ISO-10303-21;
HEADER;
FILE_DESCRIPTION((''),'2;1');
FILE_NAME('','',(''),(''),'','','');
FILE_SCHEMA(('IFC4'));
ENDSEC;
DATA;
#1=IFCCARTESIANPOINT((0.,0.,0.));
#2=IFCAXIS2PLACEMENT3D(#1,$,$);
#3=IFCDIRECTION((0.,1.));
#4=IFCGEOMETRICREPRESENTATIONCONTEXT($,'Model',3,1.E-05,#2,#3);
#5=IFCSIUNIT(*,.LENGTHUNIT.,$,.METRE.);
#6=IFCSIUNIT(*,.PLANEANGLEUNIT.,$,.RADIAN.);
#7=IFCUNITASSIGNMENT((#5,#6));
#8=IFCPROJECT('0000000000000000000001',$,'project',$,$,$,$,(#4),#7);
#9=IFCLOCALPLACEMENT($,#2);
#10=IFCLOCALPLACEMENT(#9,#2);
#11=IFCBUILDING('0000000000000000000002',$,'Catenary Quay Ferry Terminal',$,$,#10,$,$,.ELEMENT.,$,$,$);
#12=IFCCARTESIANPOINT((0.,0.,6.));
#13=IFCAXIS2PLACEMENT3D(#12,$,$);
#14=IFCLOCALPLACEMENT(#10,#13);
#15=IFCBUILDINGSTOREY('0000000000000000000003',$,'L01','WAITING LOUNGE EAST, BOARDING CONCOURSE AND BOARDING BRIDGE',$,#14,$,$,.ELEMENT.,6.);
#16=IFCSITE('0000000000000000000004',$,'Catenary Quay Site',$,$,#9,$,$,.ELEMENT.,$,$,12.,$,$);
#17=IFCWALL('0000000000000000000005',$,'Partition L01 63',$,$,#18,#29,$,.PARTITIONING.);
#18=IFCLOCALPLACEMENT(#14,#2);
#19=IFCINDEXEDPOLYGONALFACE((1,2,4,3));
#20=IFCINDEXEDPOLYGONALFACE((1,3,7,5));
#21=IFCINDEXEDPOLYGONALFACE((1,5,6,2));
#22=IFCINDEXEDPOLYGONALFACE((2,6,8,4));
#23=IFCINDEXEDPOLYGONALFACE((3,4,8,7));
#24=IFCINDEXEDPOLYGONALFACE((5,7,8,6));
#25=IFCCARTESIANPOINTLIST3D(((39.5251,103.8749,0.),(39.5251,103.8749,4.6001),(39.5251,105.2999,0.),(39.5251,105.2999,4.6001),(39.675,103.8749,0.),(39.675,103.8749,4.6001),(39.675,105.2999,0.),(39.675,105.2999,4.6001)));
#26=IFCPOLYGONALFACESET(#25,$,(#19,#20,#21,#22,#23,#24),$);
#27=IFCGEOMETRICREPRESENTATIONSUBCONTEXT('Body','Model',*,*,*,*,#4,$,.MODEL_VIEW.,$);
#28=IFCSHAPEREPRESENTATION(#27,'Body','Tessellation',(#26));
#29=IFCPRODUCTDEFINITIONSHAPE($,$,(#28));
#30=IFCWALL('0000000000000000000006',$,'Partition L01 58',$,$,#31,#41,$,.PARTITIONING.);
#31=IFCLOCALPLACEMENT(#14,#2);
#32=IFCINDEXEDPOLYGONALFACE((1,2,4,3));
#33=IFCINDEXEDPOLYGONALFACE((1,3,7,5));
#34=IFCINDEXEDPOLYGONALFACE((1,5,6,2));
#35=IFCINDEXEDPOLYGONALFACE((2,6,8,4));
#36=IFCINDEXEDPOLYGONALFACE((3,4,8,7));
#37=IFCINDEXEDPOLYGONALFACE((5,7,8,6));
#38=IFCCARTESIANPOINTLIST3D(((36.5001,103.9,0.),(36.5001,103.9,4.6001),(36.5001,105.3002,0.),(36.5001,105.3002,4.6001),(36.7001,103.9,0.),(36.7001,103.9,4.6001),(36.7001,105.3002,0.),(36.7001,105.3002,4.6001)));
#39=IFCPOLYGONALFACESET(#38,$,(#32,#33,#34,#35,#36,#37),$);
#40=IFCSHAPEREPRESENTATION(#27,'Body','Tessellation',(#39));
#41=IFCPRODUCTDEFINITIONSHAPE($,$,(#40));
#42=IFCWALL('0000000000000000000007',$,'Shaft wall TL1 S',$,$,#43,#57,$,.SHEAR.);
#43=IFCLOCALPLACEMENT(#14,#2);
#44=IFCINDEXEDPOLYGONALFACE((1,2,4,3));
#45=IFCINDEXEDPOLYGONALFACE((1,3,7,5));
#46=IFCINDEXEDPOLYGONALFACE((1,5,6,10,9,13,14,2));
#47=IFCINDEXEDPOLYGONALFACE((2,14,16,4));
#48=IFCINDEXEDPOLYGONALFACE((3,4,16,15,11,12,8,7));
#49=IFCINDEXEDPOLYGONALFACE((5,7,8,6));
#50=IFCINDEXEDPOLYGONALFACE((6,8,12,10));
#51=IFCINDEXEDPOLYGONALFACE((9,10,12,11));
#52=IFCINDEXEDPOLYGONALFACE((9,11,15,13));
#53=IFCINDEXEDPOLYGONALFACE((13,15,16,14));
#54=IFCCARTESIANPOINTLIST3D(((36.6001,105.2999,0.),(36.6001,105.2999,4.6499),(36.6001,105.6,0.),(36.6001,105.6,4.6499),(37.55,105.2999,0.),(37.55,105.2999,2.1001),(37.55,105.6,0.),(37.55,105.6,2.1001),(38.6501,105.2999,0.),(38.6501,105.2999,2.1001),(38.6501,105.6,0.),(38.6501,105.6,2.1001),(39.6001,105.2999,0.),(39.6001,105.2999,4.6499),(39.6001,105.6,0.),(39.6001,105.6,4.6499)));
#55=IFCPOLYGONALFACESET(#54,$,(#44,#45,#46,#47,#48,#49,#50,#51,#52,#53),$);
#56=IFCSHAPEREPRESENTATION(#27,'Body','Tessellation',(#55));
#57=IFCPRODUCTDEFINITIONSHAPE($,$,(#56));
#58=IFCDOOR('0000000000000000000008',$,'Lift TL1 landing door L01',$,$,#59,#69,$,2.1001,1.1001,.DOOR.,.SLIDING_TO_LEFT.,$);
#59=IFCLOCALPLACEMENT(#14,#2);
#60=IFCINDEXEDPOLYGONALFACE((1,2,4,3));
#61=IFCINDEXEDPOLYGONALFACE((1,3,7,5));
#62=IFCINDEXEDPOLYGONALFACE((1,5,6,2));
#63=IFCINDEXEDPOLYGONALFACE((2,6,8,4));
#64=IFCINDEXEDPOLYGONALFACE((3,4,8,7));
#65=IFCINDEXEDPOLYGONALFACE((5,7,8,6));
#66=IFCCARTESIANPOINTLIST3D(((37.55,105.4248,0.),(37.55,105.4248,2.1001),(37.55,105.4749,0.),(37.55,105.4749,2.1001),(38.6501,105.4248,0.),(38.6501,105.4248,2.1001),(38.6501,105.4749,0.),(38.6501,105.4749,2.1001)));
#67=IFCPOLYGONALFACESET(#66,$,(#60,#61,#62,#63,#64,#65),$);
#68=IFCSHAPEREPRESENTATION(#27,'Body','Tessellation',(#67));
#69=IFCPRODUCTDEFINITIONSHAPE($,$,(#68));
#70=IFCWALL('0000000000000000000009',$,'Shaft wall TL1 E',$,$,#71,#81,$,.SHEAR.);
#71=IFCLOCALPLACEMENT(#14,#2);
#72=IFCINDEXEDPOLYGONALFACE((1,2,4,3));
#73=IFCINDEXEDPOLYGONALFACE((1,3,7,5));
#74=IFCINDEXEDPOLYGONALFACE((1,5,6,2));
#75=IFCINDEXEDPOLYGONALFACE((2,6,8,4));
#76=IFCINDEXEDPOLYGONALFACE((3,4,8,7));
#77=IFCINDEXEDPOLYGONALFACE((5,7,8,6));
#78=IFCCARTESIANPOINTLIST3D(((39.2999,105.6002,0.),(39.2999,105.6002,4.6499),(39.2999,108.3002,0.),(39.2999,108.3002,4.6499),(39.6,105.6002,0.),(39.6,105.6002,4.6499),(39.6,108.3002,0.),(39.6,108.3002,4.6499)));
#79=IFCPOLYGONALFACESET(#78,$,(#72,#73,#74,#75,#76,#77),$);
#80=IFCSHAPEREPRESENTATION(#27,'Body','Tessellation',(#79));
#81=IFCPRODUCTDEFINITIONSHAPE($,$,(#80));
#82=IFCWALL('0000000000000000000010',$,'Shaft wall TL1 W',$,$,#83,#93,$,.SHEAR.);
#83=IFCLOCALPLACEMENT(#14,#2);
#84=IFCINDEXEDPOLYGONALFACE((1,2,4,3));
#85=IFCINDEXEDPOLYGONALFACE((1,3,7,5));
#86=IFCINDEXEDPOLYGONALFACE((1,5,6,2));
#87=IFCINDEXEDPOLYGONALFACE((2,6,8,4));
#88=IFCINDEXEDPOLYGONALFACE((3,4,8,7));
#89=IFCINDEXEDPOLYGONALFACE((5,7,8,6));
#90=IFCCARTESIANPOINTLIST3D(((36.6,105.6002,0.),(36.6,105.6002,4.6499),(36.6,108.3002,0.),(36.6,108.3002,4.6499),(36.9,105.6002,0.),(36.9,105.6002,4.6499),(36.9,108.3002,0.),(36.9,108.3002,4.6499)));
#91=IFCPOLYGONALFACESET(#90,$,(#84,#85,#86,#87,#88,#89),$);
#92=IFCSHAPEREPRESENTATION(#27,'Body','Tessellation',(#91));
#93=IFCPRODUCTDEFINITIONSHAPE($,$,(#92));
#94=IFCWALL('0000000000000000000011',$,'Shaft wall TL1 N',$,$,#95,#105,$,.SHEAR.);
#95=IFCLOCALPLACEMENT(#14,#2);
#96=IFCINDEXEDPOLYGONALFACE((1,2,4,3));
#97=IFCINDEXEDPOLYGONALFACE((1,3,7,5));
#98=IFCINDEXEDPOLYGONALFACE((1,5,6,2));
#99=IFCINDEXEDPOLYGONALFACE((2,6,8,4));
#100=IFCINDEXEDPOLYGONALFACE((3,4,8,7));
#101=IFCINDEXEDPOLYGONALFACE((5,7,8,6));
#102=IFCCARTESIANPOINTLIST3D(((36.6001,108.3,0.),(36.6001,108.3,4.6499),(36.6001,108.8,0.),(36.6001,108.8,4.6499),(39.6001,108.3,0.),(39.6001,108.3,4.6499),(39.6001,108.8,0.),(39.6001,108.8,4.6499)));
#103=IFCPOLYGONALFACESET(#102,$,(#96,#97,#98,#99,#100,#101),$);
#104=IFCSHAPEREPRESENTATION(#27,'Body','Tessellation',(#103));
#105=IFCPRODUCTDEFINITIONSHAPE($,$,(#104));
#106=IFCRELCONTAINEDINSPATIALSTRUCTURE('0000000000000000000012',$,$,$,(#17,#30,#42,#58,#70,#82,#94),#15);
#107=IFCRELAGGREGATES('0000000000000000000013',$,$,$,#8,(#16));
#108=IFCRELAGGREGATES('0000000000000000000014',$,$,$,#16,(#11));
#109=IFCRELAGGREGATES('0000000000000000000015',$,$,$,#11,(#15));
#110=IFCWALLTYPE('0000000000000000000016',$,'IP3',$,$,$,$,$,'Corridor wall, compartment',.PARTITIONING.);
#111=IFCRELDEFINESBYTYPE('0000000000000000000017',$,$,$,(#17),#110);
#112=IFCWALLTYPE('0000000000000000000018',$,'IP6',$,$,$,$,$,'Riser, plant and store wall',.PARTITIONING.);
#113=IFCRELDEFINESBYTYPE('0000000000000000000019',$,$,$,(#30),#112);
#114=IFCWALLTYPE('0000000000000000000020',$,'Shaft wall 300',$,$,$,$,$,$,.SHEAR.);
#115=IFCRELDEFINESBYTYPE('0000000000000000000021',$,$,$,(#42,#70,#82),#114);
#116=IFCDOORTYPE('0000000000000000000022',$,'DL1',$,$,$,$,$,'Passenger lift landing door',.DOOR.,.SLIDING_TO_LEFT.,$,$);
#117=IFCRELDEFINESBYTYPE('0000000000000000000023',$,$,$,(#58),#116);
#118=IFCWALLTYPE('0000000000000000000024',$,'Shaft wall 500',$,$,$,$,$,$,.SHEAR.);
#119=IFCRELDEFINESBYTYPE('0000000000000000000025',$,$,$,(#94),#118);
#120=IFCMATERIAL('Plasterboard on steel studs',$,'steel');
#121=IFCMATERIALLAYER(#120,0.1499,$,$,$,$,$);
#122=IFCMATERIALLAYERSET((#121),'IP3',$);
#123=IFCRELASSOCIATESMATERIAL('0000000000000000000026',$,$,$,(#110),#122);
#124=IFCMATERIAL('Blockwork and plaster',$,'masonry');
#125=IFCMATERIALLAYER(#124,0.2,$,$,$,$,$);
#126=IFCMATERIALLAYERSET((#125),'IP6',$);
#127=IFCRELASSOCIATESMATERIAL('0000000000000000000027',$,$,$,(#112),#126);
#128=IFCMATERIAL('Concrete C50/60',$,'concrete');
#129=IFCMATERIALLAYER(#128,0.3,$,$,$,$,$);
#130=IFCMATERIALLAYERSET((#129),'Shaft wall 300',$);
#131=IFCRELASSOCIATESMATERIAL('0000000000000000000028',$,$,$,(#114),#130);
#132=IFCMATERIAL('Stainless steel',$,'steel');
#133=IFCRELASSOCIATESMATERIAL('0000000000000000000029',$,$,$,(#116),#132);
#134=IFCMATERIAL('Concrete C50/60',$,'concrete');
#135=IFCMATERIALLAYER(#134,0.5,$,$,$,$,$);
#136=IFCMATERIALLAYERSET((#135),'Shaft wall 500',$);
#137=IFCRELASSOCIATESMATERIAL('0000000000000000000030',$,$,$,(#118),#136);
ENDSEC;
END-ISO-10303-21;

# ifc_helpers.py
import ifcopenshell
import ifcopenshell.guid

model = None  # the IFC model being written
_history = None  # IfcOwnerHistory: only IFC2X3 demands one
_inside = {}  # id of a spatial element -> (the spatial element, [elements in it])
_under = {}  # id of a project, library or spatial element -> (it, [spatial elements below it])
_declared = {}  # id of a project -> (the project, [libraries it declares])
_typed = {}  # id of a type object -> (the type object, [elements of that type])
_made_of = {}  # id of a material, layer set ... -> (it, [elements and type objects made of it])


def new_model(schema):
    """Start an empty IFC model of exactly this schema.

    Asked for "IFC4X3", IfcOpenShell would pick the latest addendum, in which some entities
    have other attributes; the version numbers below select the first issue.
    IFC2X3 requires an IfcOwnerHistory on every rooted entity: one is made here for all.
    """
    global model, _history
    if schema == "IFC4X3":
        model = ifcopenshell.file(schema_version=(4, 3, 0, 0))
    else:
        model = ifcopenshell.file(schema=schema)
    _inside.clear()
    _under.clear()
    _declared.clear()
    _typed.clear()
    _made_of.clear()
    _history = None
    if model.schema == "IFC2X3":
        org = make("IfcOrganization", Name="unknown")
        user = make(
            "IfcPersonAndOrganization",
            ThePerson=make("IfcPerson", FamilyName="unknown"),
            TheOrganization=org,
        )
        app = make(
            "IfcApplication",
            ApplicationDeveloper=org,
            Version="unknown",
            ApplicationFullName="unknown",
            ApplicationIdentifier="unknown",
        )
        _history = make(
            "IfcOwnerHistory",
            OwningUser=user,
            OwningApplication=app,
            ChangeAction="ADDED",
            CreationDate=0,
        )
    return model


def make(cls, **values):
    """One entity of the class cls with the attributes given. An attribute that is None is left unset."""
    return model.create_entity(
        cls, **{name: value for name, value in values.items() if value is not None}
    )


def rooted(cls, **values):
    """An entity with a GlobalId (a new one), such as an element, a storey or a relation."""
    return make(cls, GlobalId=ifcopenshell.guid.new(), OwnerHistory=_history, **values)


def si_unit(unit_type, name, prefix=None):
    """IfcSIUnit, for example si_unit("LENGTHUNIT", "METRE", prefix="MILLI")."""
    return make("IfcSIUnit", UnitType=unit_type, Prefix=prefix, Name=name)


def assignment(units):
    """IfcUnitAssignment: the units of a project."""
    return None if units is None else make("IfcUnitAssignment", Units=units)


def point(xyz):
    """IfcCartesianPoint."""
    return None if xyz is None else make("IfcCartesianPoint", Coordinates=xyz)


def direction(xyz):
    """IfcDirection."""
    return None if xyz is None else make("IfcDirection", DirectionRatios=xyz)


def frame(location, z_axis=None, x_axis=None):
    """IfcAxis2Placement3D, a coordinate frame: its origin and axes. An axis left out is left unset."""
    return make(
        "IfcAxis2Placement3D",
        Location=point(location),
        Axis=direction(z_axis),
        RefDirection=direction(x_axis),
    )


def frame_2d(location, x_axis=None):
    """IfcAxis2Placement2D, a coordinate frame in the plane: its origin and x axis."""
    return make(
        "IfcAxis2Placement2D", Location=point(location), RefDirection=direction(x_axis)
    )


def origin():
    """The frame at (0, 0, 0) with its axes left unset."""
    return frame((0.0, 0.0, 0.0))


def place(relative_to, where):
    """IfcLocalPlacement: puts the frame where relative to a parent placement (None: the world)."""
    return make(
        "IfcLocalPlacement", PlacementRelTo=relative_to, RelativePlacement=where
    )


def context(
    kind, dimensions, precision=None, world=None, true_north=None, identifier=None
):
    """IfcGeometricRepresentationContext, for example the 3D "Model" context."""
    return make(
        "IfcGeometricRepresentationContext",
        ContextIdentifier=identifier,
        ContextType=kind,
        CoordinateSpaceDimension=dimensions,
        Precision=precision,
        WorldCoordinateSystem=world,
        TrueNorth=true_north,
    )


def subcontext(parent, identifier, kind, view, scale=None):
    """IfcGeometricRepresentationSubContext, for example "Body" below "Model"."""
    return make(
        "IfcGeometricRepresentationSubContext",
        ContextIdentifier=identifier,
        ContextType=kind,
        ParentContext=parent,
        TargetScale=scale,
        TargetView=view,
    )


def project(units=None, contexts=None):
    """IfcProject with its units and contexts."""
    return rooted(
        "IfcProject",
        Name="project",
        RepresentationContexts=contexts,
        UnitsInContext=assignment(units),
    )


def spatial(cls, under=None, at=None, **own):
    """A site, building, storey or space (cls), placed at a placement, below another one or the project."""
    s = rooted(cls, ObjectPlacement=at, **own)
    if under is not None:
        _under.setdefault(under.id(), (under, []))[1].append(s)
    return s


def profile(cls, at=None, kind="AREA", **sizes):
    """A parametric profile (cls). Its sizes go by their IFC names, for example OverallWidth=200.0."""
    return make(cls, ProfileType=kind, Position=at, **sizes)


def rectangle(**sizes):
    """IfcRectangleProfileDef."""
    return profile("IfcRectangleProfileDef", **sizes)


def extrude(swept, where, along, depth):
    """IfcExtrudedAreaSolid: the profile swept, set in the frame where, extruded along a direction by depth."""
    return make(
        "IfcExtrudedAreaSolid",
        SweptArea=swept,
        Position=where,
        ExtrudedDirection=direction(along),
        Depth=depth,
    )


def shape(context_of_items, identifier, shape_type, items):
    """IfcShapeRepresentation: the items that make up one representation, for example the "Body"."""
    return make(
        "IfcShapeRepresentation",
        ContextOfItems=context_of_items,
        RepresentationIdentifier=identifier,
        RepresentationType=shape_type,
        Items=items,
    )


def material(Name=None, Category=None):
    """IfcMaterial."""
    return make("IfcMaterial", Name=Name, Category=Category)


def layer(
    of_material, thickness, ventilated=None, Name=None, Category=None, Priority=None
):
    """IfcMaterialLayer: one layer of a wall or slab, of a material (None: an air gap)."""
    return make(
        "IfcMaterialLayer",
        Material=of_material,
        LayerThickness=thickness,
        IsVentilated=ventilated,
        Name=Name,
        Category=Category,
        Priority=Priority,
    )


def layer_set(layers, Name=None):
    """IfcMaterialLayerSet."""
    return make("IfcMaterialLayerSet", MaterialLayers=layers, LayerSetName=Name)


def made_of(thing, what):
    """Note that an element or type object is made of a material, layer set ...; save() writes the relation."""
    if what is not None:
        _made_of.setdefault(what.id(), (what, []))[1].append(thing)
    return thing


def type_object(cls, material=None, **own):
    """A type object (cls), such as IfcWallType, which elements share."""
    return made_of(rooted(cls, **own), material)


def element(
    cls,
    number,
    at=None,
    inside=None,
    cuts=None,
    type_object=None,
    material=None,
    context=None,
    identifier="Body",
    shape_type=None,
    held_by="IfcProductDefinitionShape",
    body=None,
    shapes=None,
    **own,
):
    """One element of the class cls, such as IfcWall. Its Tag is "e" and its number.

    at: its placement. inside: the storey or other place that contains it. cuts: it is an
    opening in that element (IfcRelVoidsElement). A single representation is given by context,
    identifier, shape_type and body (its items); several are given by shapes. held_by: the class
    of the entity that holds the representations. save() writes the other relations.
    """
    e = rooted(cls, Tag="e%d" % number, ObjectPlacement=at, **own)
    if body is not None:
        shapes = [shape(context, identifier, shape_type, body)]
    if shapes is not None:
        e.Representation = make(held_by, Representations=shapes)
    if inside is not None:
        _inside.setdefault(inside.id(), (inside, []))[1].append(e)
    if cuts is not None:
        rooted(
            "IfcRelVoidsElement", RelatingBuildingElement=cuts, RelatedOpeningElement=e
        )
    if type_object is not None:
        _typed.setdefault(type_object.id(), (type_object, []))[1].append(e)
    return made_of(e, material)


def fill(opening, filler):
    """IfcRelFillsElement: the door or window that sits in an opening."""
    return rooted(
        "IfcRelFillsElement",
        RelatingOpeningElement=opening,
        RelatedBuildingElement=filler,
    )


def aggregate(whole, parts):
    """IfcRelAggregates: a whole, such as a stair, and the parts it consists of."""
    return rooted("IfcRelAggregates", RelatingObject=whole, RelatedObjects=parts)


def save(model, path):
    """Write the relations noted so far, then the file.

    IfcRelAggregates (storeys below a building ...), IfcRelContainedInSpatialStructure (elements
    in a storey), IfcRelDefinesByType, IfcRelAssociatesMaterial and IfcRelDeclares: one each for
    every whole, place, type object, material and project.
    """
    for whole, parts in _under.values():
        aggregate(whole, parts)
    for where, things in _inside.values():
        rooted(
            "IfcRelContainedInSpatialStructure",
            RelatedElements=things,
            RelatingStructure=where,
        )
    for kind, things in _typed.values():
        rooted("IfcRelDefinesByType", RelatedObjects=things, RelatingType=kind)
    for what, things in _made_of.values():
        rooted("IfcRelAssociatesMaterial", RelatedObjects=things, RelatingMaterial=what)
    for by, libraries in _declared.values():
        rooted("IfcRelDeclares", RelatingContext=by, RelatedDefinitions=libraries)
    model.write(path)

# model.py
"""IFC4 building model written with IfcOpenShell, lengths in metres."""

from ifc_helpers import new_model, si_unit, direction, frame, frame_2d, origin, place, context, subcontext, project, spatial, rectangle, extrude, material, layer, layer_set, type_object, element, fill, save


model = new_model("IFC4")

# Units and contexts
model_context = context("Model", 3, precision=1e-05, world=origin(), true_north=direction((0.0, 1.0)))
body_context = subcontext(model_context, "Body", "Model", "MODEL_VIEW")
ifc_project = project(units=[si_unit("LENGTHUNIT", "METRE"), si_unit("PLANEANGLEUNIT", "RADIAN")], contexts=[model_context])

# Site, building, storey
site_placement = place(None, origin())
site = spatial("IfcSite", under=ifc_project, at=site_placement, Name="Catenary Quay Site", CompositionType="ELEMENT", RefElevation=12.0)
building_placement = place(site_placement, origin())
building = spatial("IfcBuilding", under=site, at=building_placement, Name="Catenary Quay Ferry Terminal", CompositionType="ELEMENT")
storey_placement = place(building_placement, frame((0.0, 0.0, 6.0)))
storey = spatial("IfcBuildingStorey", under=building, at=storey_placement, Name="L01", Description="WAITING LOUNGE EAST, BOARDING CONCOURSE AND BOARDING BRIDGE", CompositionType="ELEMENT", Elevation=6.0)

# Shared definitions
ifc_material_1 = material(Name="Plasterboard on steel studs", Category="steel")
ifc_layer_1 = layer(ifc_material_1, 0.1499)
ifc_layer_set_1 = layer_set([ifc_layer_1], Name="IP3")
wall_type_1 = type_object("IfcWallType", Name="IP3", ElementType="Corridor wall, compartment", PredefinedType="PARTITIONING", material=ifc_layer_set_1)

# Walls
wall_1_placement = place(storey_placement, frame((39.6001, 103.875, 0.0), z_axis=(0.0, 0.0, 1.0), x_axis=(0.0, 1.0, 0.0)))
element("IfcWall", 1, at=wall_1_placement, inside=storey, type_object=wall_type_1, Name="Partition L01 63", PredefinedType="PARTITIONING", context=body_context, shape_type="SweptSolid", body=[
    extrude(rectangle(XDim=1.425, YDim=0.1499, at=frame_2d((0.7124, 0.0))), origin(), (0.0, 0.0, 1.0), 4.6001),
])
ifc_material_2 = material(Name="Blockwork and plaster", Category="masonry")
ifc_layer_2 = layer(ifc_material_2, 0.2)
ifc_layer_set_2 = layer_set([ifc_layer_2], Name="IP6")
wall_type_2 = type_object("IfcWallType", Name="IP6", ElementType="Riser, plant and store wall", PredefinedType="PARTITIONING", material=ifc_layer_set_2)
wall_2_placement = place(storey_placement, frame((36.6001, 103.8999, 0.0), z_axis=(0.0, 0.0, 1.0), x_axis=(0.0, 1.0, 0.0)))
element("IfcWall", 2, at=wall_2_placement, inside=storey, type_object=wall_type_2, Name="Partition L01 58", PredefinedType="PARTITIONING", context=body_context, shape_type="SweptSolid", body=[
    extrude(rectangle(XDim=1.4001, YDim=0.2, at=frame_2d((0.7002, 0.0))), origin(), (0.0, 0.0, 1.0), 4.6001),
])

# Wall, opening, door
ifc_material_3 = material(Name="Concrete C50/60", Category="concrete")
ifc_layer_3 = layer(ifc_material_3, 0.3)
ifc_layer_set_3 = layer_set([ifc_layer_3], Name="Shaft wall 300")
wall_type_3 = type_object("IfcWallType", Name="Shaft wall 300", PredefinedType="SHEAR", material=ifc_layer_set_3)
wall_3_placement = place(storey_placement, frame((36.6001, 105.45, 0.0), z_axis=(0.0, 0.0, 1.0), x_axis=(1.0, 0.0, 0.0)))
wall_3 = element("IfcWall", 3, at=wall_3_placement, inside=storey, type_object=wall_type_3, Name="Shaft wall TL1 S", PredefinedType="SHEAR", context=body_context, shape_type="SweptSolid", body=[
    extrude(rectangle(XDim=3.0, YDim=0.3, at=frame_2d((1.5, 0.0))), origin(), (0.0, 0.0, 1.0), 4.6499),
])
opening_1_placement = place(wall_3_placement, frame((0.95, 0.0, 0.0)))
opening_1 = element("IfcOpeningElement", 4, at=opening_1_placement, cuts=wall_3, PredefinedType="OPENING", context=body_context, shape_type="SweptSolid", body=[
    extrude(rectangle(XDim=1.1001, YDim=2.1001, at=frame_2d((0.55, 1.05))), frame((0.0, 0.1599, 0.0), z_axis=(0.0, -1.0, 0.0), x_axis=(1.0, 0.0, 0.0)), (0.0, 0.0, 1.0), 0.3201),
])
ifc_material_4 = material(Name="Stainless steel", Category="steel")
door_type_1 = type_object("IfcDoorType", Name="DL1", ElementType="Passenger lift landing door", OperationType="SLIDING_TO_LEFT", PredefinedType="DOOR", material=ifc_material_4)
door_1_placement = place(opening_1_placement, origin())
door_1 = element("IfcDoor", 5, at=door_1_placement, inside=storey, type_object=door_type_1, Name="Lift TL1 landing door L01", OperationType="SLIDING_TO_LEFT", OverallHeight=2.1001, OverallWidth=1.1001, PredefinedType="DOOR", context=body_context, shape_type="SweptSolid", body=[
    extrude(rectangle(XDim=1.1001, YDim=2.1001, at=frame_2d((0.55, 1.05))), frame((0.0, 0.0249, 0.0), z_axis=(0.0, -1.0, 0.0), x_axis=(1.0, 0.0, 0.0)), (0.0, 0.0, 1.0), 0.05),
])
fill(opening_1, door_1)

# Walls
for number, where, z_axis, x_axis, name in (
    (6, (39.45, 105.6001, 0.0), (0.0, 0.0, 1.0), (0.0, 1.0, 0.0), "Shaft wall TL1 E"),
    (7, (36.75, 105.6001, 0.0), (0.0, 0.0, 1.0), (0.0, 1.0, 0.0), "Shaft wall TL1 W"),
):
    element("IfcWall", number, at=place(storey_placement, frame(where, z_axis=z_axis, x_axis=x_axis)), inside=storey, type_object=wall_type_3, Name=name, PredefinedType="SHEAR", context=body_context, shape_type="SweptSolid", body=[
        extrude(rectangle(XDim=2.7, YDim=0.3, at=frame_2d((1.3501, 0.0))), origin(), (0.0, 0.0, 1.0), 4.6499),
    ])
ifc_material_5 = material(Name="Concrete C50/60", Category="concrete")
ifc_layer_4 = layer(ifc_material_5, 0.5)
ifc_layer_set_4 = layer_set([ifc_layer_4], Name="Shaft wall 500")
wall_type_4 = type_object("IfcWallType", Name="Shaft wall 500", PredefinedType="SHEAR", material=ifc_layer_set_4)
wall_4_placement = place(storey_placement, frame((36.6001, 108.55, 0.0), z_axis=(0.0, 0.0, 1.0), x_axis=(1.0, 0.0, 0.0)))
element("IfcWall", 8, at=wall_4_placement, inside=storey, type_object=wall_type_4, Name="Shaft wall TL1 N", PredefinedType="SHEAR", context=body_context, shape_type="SweptSolid", body=[
    extrude(rectangle(XDim=3.0, YDim=0.5, at=frame_2d((1.5, 0.0))), origin(), (0.0, 0.0, 1.0), 4.6499),
])

save(model, "model.ifc")
